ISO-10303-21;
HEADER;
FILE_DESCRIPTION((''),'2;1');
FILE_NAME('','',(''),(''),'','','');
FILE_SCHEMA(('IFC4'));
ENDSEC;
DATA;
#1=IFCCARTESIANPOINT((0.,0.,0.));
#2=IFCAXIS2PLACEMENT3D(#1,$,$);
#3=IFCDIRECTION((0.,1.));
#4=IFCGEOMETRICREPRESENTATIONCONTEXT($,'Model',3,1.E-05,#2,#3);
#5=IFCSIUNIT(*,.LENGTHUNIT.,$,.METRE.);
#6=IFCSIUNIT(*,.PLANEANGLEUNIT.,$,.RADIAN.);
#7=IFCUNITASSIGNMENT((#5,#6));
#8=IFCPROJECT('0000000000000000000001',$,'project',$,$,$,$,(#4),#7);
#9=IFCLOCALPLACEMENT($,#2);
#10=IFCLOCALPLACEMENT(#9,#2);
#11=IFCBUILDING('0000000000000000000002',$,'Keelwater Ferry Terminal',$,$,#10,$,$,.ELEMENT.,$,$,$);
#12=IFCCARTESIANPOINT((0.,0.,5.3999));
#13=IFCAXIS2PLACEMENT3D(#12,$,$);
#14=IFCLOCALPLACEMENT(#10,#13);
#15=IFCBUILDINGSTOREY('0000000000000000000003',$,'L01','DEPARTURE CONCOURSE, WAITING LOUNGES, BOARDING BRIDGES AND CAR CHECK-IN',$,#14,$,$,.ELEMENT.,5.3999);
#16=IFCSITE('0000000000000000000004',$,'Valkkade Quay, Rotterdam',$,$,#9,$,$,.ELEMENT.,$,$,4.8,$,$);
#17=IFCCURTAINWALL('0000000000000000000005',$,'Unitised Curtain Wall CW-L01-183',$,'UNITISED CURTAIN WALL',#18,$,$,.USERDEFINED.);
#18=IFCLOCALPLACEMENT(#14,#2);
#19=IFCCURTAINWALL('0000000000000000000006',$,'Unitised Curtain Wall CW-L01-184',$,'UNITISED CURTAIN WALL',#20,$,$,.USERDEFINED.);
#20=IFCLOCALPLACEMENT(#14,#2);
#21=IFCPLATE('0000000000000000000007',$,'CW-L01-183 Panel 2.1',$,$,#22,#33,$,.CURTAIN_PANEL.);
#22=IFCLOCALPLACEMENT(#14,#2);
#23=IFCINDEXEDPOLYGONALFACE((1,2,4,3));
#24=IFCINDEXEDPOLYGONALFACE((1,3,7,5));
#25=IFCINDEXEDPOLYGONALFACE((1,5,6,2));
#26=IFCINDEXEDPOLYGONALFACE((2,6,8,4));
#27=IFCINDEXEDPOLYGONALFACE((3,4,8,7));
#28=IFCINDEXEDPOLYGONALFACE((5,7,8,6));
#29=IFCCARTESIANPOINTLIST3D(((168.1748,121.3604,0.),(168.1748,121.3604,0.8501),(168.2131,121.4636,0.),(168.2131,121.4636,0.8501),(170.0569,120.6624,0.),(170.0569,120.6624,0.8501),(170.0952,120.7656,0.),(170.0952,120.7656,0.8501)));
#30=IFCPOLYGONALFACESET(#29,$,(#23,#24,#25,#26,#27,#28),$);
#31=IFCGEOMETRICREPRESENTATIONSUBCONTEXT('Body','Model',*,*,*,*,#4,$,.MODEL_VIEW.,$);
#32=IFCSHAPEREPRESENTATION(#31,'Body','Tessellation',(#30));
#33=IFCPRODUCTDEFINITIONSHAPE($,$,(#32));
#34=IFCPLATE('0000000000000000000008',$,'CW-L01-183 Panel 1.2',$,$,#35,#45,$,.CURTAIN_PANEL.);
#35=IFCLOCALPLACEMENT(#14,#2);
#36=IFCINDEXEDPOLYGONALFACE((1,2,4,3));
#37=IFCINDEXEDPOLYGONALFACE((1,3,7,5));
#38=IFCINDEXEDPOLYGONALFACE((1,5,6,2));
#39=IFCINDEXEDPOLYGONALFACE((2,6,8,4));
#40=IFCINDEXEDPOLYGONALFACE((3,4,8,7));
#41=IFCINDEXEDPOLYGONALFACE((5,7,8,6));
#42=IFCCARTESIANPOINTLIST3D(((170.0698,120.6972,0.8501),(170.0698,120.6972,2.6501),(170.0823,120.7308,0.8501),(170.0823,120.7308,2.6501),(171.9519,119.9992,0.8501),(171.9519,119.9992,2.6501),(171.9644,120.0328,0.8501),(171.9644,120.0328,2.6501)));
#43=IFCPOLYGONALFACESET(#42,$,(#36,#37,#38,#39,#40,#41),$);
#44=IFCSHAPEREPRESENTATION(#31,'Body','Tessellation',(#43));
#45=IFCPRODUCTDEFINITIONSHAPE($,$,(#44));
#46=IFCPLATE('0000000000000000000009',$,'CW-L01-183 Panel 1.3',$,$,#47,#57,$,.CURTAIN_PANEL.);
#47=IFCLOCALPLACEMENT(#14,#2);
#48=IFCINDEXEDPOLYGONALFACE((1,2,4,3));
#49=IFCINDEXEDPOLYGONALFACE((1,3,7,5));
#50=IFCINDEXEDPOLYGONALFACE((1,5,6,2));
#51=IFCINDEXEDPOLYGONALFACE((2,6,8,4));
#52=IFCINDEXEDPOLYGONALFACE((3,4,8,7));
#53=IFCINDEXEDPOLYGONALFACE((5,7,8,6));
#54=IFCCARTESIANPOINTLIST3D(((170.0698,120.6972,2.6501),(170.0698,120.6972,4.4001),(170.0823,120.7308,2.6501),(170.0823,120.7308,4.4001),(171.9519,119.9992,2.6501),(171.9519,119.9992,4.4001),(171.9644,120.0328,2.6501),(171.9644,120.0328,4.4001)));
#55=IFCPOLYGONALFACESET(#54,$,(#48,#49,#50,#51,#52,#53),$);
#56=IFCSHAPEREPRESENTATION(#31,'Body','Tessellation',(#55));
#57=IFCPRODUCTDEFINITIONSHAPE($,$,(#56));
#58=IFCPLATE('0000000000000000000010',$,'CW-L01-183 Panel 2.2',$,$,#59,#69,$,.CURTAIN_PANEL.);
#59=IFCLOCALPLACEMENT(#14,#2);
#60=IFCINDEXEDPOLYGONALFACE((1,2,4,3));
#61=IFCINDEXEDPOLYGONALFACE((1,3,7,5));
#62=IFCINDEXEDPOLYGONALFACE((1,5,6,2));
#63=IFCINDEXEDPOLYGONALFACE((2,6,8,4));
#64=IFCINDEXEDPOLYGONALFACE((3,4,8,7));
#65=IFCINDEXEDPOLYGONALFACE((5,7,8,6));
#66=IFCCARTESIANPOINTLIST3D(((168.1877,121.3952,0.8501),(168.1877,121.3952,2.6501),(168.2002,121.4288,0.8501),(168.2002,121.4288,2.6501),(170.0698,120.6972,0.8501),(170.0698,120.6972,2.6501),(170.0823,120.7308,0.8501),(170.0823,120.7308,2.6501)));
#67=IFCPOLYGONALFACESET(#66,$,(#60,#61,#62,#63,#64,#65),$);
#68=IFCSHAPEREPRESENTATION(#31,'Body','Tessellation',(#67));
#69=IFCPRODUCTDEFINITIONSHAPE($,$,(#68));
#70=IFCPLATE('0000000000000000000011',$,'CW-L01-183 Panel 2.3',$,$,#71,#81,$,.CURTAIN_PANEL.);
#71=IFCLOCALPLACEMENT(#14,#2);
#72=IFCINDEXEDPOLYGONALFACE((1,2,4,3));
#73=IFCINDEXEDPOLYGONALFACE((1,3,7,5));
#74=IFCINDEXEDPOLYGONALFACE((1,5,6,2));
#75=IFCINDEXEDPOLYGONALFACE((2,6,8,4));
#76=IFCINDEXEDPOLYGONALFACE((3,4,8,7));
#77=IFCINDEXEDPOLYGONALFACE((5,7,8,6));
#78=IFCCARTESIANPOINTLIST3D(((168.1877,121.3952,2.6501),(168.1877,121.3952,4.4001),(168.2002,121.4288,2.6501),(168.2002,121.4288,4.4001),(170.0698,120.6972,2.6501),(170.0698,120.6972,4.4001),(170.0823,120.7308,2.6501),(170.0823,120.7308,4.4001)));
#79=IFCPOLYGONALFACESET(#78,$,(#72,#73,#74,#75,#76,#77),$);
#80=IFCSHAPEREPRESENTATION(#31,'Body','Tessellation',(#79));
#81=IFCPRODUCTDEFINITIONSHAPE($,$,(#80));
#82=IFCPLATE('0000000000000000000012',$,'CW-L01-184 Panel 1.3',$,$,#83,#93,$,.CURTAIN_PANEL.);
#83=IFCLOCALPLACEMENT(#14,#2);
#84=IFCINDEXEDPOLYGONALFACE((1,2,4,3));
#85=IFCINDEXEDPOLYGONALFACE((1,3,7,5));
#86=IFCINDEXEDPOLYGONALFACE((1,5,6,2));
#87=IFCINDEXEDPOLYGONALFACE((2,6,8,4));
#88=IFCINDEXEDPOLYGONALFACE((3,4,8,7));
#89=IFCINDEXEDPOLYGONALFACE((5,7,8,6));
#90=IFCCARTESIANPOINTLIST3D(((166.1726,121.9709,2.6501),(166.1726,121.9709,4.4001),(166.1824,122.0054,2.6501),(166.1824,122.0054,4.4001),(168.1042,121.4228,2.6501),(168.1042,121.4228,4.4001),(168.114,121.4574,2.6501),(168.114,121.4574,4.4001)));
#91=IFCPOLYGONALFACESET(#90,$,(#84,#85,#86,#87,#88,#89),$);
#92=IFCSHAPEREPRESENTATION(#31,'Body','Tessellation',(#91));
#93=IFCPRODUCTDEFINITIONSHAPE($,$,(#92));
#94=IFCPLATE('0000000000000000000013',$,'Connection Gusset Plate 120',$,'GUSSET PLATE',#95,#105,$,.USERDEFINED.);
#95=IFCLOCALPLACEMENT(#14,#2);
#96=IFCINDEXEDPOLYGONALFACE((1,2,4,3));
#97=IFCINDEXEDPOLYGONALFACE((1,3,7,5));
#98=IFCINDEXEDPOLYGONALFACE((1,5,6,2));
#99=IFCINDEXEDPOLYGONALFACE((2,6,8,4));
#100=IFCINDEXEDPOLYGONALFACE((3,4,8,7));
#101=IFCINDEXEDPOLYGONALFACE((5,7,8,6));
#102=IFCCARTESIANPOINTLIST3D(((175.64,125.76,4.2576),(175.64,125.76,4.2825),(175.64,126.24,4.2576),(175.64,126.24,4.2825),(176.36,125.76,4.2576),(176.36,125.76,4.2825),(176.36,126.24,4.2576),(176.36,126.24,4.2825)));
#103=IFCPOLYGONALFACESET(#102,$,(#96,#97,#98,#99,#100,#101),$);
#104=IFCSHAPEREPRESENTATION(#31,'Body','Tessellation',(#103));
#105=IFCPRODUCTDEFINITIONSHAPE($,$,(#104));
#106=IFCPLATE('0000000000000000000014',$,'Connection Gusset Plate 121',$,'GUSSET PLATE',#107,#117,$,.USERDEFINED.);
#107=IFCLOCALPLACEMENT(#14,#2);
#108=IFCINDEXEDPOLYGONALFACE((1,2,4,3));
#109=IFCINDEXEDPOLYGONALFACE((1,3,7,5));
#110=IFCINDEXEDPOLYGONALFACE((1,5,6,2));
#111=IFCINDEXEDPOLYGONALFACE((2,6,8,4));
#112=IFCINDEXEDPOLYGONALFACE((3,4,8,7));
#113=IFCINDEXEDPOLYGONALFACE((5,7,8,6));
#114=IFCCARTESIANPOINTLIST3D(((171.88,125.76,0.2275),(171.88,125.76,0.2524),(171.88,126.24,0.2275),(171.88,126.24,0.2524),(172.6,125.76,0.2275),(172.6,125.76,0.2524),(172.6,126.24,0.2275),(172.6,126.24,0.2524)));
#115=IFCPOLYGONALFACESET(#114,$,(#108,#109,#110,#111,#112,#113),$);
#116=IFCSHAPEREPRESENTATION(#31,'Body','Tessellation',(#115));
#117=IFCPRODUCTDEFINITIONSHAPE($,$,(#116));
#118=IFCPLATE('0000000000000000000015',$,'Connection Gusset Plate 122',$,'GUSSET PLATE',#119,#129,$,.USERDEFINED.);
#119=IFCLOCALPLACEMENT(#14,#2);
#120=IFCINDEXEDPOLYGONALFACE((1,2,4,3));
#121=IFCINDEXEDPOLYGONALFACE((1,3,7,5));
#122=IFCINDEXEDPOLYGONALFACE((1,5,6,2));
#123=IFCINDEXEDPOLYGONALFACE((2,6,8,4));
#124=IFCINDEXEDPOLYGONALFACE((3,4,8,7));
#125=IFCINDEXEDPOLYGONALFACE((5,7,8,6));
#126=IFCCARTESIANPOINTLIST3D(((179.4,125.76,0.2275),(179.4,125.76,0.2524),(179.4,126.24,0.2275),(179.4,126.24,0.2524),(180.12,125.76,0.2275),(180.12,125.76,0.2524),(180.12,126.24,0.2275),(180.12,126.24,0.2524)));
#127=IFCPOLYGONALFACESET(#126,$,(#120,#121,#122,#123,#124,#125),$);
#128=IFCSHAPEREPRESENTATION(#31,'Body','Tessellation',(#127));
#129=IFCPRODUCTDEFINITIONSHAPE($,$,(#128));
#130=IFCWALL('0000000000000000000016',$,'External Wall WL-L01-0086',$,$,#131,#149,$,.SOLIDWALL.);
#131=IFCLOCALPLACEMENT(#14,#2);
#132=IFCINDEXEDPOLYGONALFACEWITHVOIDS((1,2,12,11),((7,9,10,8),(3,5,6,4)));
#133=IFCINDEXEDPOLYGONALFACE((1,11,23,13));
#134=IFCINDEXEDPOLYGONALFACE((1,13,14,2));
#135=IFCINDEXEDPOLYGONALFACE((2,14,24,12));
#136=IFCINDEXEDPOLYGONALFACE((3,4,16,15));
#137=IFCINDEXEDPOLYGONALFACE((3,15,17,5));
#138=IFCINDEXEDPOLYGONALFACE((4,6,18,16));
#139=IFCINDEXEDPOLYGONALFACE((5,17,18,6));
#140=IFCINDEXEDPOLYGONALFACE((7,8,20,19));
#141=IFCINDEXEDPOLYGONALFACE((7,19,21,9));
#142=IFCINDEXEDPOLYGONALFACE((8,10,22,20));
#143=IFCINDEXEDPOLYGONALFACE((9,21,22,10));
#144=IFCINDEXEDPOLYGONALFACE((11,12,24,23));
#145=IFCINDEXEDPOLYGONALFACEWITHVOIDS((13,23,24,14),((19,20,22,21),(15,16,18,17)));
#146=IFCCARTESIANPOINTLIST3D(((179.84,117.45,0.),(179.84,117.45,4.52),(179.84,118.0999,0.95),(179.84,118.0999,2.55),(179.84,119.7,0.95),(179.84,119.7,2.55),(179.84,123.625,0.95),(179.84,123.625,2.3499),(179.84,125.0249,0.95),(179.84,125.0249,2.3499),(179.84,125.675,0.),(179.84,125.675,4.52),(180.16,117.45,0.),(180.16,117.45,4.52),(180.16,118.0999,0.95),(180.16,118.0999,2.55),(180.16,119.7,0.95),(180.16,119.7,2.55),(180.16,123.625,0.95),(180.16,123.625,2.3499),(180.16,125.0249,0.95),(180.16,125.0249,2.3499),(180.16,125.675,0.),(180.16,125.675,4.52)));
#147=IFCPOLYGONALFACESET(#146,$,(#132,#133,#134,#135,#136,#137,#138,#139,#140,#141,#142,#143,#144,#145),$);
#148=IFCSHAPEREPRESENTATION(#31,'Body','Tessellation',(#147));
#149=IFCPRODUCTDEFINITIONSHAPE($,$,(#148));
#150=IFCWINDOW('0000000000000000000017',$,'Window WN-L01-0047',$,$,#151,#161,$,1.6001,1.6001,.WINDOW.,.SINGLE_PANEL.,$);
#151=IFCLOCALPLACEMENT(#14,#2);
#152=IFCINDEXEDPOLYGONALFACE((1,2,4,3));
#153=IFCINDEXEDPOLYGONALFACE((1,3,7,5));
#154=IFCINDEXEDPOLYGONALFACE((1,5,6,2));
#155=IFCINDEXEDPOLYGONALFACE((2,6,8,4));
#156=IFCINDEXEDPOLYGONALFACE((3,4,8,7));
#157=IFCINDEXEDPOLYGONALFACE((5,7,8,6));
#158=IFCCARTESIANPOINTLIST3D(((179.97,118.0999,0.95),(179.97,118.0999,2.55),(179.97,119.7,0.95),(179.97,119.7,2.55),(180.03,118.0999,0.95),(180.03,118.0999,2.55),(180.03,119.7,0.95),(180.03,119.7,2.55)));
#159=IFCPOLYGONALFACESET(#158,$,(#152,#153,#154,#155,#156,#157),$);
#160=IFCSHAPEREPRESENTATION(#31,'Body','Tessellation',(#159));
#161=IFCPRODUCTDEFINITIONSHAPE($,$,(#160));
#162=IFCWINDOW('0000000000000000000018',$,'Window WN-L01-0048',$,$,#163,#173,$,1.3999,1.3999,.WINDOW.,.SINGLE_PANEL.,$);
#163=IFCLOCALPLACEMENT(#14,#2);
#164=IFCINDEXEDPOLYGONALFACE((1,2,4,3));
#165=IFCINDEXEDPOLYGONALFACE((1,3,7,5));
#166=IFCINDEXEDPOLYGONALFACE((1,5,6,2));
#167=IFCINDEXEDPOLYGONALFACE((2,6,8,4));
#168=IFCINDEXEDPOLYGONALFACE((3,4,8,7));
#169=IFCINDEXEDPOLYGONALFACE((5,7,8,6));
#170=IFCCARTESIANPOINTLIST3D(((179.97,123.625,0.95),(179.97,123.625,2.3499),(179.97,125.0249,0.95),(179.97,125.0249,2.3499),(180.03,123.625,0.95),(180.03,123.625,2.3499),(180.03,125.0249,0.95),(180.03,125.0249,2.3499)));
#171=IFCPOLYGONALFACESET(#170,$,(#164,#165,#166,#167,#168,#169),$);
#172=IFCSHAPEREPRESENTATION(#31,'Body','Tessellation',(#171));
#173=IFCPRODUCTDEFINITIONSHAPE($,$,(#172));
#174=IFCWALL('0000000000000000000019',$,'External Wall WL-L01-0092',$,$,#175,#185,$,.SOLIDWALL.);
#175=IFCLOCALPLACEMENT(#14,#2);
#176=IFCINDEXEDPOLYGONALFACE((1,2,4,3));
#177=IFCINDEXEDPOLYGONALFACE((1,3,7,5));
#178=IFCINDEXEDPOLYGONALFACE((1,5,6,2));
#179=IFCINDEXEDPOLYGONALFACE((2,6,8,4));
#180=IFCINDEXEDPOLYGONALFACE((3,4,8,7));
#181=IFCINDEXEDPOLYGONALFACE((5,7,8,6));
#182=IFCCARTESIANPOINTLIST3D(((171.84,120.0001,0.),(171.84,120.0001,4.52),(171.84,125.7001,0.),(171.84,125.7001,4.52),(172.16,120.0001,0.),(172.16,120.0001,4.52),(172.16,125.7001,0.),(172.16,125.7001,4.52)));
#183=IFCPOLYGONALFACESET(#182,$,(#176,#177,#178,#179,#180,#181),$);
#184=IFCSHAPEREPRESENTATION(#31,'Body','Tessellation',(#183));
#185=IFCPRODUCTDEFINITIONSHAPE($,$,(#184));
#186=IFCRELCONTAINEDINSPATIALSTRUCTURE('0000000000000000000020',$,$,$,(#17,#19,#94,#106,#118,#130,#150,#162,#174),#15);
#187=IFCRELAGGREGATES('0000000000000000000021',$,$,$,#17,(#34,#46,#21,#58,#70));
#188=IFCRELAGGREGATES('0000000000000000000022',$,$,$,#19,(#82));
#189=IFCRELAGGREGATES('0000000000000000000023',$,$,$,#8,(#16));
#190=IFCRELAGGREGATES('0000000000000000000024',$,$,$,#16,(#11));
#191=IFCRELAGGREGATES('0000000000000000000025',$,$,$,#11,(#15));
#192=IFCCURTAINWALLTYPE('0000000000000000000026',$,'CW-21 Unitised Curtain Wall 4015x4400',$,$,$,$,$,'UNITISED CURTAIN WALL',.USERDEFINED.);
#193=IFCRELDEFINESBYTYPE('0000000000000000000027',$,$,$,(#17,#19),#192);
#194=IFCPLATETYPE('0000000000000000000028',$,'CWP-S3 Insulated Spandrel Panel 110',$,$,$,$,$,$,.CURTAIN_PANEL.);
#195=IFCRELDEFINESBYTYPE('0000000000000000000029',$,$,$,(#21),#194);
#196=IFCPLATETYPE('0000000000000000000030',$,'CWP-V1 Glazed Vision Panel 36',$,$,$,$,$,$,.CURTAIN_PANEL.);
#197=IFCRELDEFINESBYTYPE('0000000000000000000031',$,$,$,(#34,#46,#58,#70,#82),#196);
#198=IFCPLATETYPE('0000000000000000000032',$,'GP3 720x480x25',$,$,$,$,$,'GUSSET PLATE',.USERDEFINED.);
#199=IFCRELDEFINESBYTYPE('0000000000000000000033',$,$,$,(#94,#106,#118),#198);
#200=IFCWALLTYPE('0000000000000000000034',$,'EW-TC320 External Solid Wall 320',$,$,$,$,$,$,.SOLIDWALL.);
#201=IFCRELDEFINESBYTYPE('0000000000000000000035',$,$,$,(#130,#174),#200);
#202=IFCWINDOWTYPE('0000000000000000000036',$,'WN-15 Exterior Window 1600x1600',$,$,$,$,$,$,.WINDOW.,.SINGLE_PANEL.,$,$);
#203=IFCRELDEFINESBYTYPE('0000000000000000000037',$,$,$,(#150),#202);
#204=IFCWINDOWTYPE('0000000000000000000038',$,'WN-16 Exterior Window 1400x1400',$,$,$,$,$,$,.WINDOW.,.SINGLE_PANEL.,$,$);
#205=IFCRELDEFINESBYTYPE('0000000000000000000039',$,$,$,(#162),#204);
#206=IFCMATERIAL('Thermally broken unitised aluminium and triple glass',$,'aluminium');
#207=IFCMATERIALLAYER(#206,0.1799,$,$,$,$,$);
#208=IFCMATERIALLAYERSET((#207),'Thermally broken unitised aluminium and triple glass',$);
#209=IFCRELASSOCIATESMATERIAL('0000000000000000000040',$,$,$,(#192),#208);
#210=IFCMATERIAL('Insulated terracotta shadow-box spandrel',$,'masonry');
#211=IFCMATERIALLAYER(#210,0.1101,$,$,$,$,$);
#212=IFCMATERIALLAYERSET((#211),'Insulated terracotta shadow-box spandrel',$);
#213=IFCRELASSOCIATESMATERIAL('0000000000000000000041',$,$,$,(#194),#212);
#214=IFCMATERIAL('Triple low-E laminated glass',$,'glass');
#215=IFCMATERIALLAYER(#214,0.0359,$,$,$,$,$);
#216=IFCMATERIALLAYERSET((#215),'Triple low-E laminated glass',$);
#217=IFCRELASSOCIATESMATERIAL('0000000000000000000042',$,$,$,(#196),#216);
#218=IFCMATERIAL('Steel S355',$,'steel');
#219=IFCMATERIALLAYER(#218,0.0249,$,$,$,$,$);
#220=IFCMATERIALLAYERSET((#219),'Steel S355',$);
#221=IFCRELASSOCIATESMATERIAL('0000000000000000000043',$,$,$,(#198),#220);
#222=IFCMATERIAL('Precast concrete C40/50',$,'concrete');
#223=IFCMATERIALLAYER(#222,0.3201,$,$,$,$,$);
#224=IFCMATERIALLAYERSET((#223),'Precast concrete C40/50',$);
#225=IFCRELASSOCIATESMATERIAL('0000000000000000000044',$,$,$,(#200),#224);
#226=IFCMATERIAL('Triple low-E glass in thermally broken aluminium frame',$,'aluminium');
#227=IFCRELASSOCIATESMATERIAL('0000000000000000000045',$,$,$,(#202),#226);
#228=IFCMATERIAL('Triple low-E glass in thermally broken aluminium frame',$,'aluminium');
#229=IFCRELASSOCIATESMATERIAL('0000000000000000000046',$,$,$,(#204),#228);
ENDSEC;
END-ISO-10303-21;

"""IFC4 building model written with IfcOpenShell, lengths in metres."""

from ifc_helpers import new_model, si_unit, direction, frame, frame_2d, origin, origin_2d, place, context, subcontext, project, spatial, rectangle, extrude, material, layer, layer_set, type_object, element, fill, aggregate, save


model = new_model("IFC4")

# Units and contexts
model_context = context("Model", 3, precision=1e-05, world=origin(), true_north=direction((0.0, 1.0)))
body_context = subcontext(model_context, "Body", "Model", "MODEL_VIEW")
ifc_project = project(units=[si_unit("LENGTHUNIT", "METRE"), si_unit("PLANEANGLEUNIT", "RADIAN")], contexts=[model_context])

# Site, building, storey
site_placement = place(None, origin())
site = spatial("IfcSite", under=ifc_project, at=site_placement, Name="Valkkade Quay, Rotterdam", CompositionType="ELEMENT", RefElevation=4.8)
building_placement = place(site_placement, origin())
building = spatial("IfcBuilding", under=site, at=building_placement, Name="Keelwater Ferry Terminal", CompositionType="ELEMENT")
storey_placement = place(building_placement, frame((0.0, 0.0, 5.3999)))
storey = spatial("IfcBuildingStorey", under=building, at=storey_placement, Name="L01", Description="DEPARTURE CONCOURSE, WAITING LOUNGES, BOARDING BRIDGES AND CAR CHECK-IN", CompositionType="ELEMENT", Elevation=5.3999)

# Curtain wall
ifc_material_1 = material(Name="Thermally broken unitised aluminium and triple glass", Category="aluminium")
ifc_layer_1 = layer(ifc_material_1, 0.1799)
ifc_layer_set_1 = layer_set([ifc_layer_1], Name="Thermally broken unitised aluminium and triple glass")
curtain_wall_type = type_object("IfcCurtainWallType", Name="CW-21 Unitised Curtain Wall 4015x4400", ElementType="UNITISED CURTAIN WALL", PredefinedType="USERDEFINED", material=ifc_layer_set_1)
curtain_wall_1_placement = place(storey_placement, origin())
curtain_wall_1 = element("IfcCurtainWall", 1, at=curtain_wall_1_placement, inside=storey, type_object=curtain_wall_type, Name="Unitised Curtain Wall CW-L01-183", ObjectType="UNITISED CURTAIN WALL", PredefinedType="USERDEFINED")

# Curtain wall
curtain_wall_2_placement = place(storey_placement, origin())
curtain_wall_2 = element("IfcCurtainWall", 2, at=curtain_wall_2_placement, inside=storey, type_object=curtain_wall_type, Name="Unitised Curtain Wall CW-L01-184", ObjectType="UNITISED CURTAIN WALL", PredefinedType="USERDEFINED")

# Plates
ifc_material_2 = material(Name="Insulated terracotta shadow-box spandrel", Category="masonry")
ifc_layer_2 = layer(ifc_material_2, 0.1101)
ifc_layer_set_2 = layer_set([ifc_layer_2], Name="Insulated terracotta shadow-box spandrel")
plate_type_1 = type_object("IfcPlateType", Name="CWP-S3 Insulated Spandrel Panel 110", PredefinedType="CURTAIN_PANEL", material=ifc_layer_set_2)
plate_1_placement = place(storey_placement, frame((169.135, 121.063, 0.0), z_axis=(0.0, 0.0, 1.0), x_axis=(-0.937592, 0.347736, 0.0)))
plate_1 = element("IfcPlate", 3, at=plate_1_placement, type_object=plate_type_1, Name="CW-L01-183 Panel 2.1", PredefinedType="CURTAIN_PANEL", context=body_context, shape_type="SweptSolid", body=[
    extrude(rectangle(XDim=2.0073, YDim=0.1101, at=origin_2d()), origin(), (0.0, 0.0, 1.0), 0.8501),
])
ifc_material_3 = material(Name="Triple low-E laminated glass", Category="glass")
ifc_layer_3 = layer(ifc_material_3, 0.0359)
ifc_layer_set_3 = layer_set([ifc_layer_3], Name="Triple low-E laminated glass")
plate_type_2 = type_object("IfcPlateType", Name="CWP-V1 Glazed Vision Panel 36", PredefinedType="CURTAIN_PANEL", material=ifc_layer_set_3)
plate_2_placement = place(storey_placement, frame((171.0171, 120.365, 0.8501), z_axis=(0.0, 0.0, 1.0), x_axis=(-0.937592, 0.347736, 0.0)))
plate_2 = element("IfcPlate", 4, at=plate_2_placement, type_object=plate_type_2, Name="CW-L01-183 Panel 1.2", PredefinedType="CURTAIN_PANEL", context=body_context, shape_type="SweptSolid", body=[
    extrude(rectangle(XDim=2.0073, YDim=0.0359, at=origin_2d()), origin(), (0.0, 0.0, 1.0), 1.8),
])
plate_3_placement = place(storey_placement, frame((171.0171, 120.365, 2.6501), z_axis=(0.0, 0.0, 1.0), x_axis=(-0.937592, 0.347736, 0.0)))
plate_3 = element("IfcPlate", 5, at=plate_3_placement, type_object=plate_type_2, Name="CW-L01-183 Panel 1.3", PredefinedType="CURTAIN_PANEL", context=body_context, shape_type="SweptSolid", body=[
    extrude(rectangle(XDim=2.0073, YDim=0.0359, at=origin_2d()), origin(), (0.0, 0.0, 1.0), 1.75),
])
plate_4_placement = place(storey_placement, frame((169.135, 121.063, 0.8501), z_axis=(0.0, 0.0, 1.0), x_axis=(-0.937592, 0.347736, 0.0)))
plate_4 = element("IfcPlate", 6, at=plate_4_placement, type_object=plate_type_2, Name="CW-L01-183 Panel 2.2", PredefinedType="CURTAIN_PANEL", context=body_context, shape_type="SweptSolid", body=[
    extrude(rectangle(XDim=2.0073, YDim=0.0359, at=origin_2d()), origin(), (0.0, 0.0, 1.0), 1.8),
])
plate_5_placement = place(storey_placement, frame((169.135, 121.063, 2.6501), z_axis=(0.0, 0.0, 1.0), x_axis=(-0.937592, 0.347736, 0.0)))
plate_5 = element("IfcPlate", 7, at=plate_5_placement, type_object=plate_type_2, Name="CW-L01-183 Panel 2.3", PredefinedType="CURTAIN_PANEL", context=body_context, shape_type="SweptSolid", body=[
    extrude(rectangle(XDim=2.0073, YDim=0.0359, at=origin_2d()), origin(), (0.0, 0.0, 1.0), 1.75),
])
aggregate(curtain_wall_1, [plate_2, plate_3, plate_1, plate_4, plate_5])
plate_6_placement = place(storey_placement, frame((167.1433, 121.7141, 2.6501), z_axis=(0.0, 0.0, 1.0), x_axis=(-0.96203, 0.272945, 0.0)))
plate_6 = element("IfcPlate", 8, at=plate_6_placement, type_object=plate_type_2, Name="CW-L01-184 Panel 1.3", PredefinedType="CURTAIN_PANEL", context=body_context, shape_type="SweptSolid", body=[
    extrude(rectangle(XDim=2.0078, YDim=0.0359, at=origin_2d()), origin(), (0.0, 0.0, 1.0), 1.75),
])
aggregate(curtain_wall_2, [plate_6])

# Plates
ifc_material_4 = material(Name="Steel S355", Category="steel")
ifc_layer_4 = layer(ifc_material_4, 0.0249)
ifc_layer_set_4 = layer_set([ifc_layer_4], Name="Steel S355")
plate_type_3 = type_object("IfcPlateType", Name="GP3 720x480x25", ElementType="GUSSET PLATE", PredefinedType="USERDEFINED", material=ifc_layer_set_4)
for number, where, z_axis, x_axis, name in (
    (9, (176.0, 126.0, 4.2576), (0.0, 0.0, 1.0), (1.0, 0.0, 0.0), "Connection Gusset Plate 120"),
    (10, (172.24, 126.0, 0.2275), (0.0, 0.0, 1.0), (1.0, 0.0, 0.0), "Connection Gusset Plate 121"),
    (11, (179.76, 126.0, 0.2275), (0.0, 0.0, 1.0), (1.0, 0.0, 0.0), "Connection Gusset Plate 122"),
):
    element("IfcPlate", number, at=place(storey_placement, frame(where, z_axis=z_axis, x_axis=x_axis)), inside=storey, type_object=plate_type_3, Name=name, ObjectType="GUSSET PLATE", PredefinedType="USERDEFINED", context=body_context, shape_type="SweptSolid", body=[
        extrude(rectangle(XDim=0.72, YDim=0.48, at=origin_2d()), origin(), (0.0, 0.0, 1.0), 0.0249),
    ])

# Wall, openings, windows
ifc_material_5 = material(Name="Precast concrete C40/50", Category="concrete")
ifc_layer_5 = layer(ifc_material_5, 0.3201)
ifc_layer_set_5 = layer_set([ifc_layer_5], Name="Precast concrete C40/50")
wall_type = type_object("IfcWallType", Name="EW-TC320 External Solid Wall 320", PredefinedType="SOLIDWALL", material=ifc_layer_set_5)
wall_1_placement = place(storey_placement, frame((180.0, 117.45, 0.0), z_axis=(0.0, 0.0, 1.0), x_axis=(0.0, 1.0, 0.0)))
wall_1 = element("IfcWall", 12, at=wall_1_placement, inside=storey, type_object=wall_type, Name="External Wall WL-L01-0086", PredefinedType="SOLIDWALL", context=body_context, shape_type="SweptSolid", body=[
    extrude(rectangle(XDim=8.2251, YDim=0.3201, at=frame_2d((4.1125, 0.0))), origin(), (0.0, 0.0, 1.0), 4.52),
])
opening_1_placement = place(wall_1_placement, frame((0.6499, 0.0, 0.95)))
opening_1 = element("IfcOpeningElement", 13, at=opening_1_placement, cuts=wall_1, PredefinedType="OPENING", context=body_context, shape_type="SweptSolid", body=[
    extrude(rectangle(XDim=1.6001, YDim=1.6001, at=frame_2d((0.8, 0.8))), frame((0.0, 0.1702, 0.0), z_axis=(0.0, -1.0, 0.0), x_axis=(1.0, 0.0, 0.0)), (0.0, 0.0, 1.0), 0.3401),
])
opening_2_placement = place(wall_1_placement, frame((6.175, 0.0, 0.95)))
opening_2 = element("IfcOpeningElement", 14, at=opening_2_placement, cuts=wall_1, PredefinedType="OPENING", context=body_context, shape_type="SweptSolid", body=[
    extrude(rectangle(XDim=1.3999, YDim=1.3999, at=frame_2d((0.7, 0.7))), frame((0.0, 0.1702, 0.0), z_axis=(0.0, -1.0, 0.0), x_axis=(1.0, 0.0, 0.0)), (0.0, 0.0, 1.0), 0.3401),
])
ifc_material_6 = material(Name="Triple low-E glass in thermally broken aluminium frame", Category="aluminium")
window_type_1 = type_object("IfcWindowType", Name="WN-15 Exterior Window 1600x1600", PartitioningType="SINGLE_PANEL", PredefinedType="WINDOW", material=ifc_material_6)
window_1_placement = place(opening_1_placement, origin())
window_1 = element("IfcWindow", 15, at=window_1_placement, inside=storey, type_object=window_type_1, Name="Window WN-L01-0047", OverallHeight=1.6001, OverallWidth=1.6001, PartitioningType="SINGLE_PANEL", PredefinedType="WINDOW", context=body_context, shape_type="SweptSolid", body=[
    extrude(rectangle(XDim=1.6001, YDim=1.6001, at=frame_2d((0.8, 0.8))), frame((0.0, 0.03, 0.0), z_axis=(0.0, -1.0, 0.0), x_axis=(1.0, 0.0, 0.0)), (0.0, 0.0, 1.0), 0.0601),
])
fill(opening_1, window_1)
ifc_material_7 = material(Name="Triple low-E glass in thermally broken aluminium frame", Category="aluminium")
window_type_2 = type_object("IfcWindowType", Name="WN-16 Exterior Window 1400x1400", PartitioningType="SINGLE_PANEL", PredefinedType="WINDOW", material=ifc_material_7)
window_2_placement = place(opening_2_placement, origin())
window_2 = element("IfcWindow", 16, at=window_2_placement, inside=storey, type_object=window_type_2, Name="Window WN-L01-0048", OverallHeight=1.3999, OverallWidth=1.3999, PartitioningType="SINGLE_PANEL", PredefinedType="WINDOW", context=body_context, shape_type="SweptSolid", body=[
    extrude(rectangle(XDim=1.3999, YDim=1.3999, at=frame_2d((0.7, 0.7))), frame((0.0, 0.03, 0.0), z_axis=(0.0, -1.0, 0.0), x_axis=(1.0, 0.0, 0.0)), (0.0, 0.0, 1.0), 0.0601),
])
fill(opening_2, window_2)

# Wall
wall_2_placement = place(storey_placement, frame((172.0, 120.0, 0.0), z_axis=(0.0, 0.0, 1.0), x_axis=(0.0, 1.0, 0.0)))
element("IfcWall", 17, at=wall_2_placement, inside=storey, type_object=wall_type, Name="External Wall WL-L01-0092", PredefinedType="SOLIDWALL", context=body_context, shape_type="SweptSolid", body=[
    extrude(rectangle(XDim=5.7, YDim=0.3201, at=frame_2d((2.8501, 0.0))), origin(), (0.0, 0.0, 1.0), 4.52),
])

save(model, "model.ifc")
